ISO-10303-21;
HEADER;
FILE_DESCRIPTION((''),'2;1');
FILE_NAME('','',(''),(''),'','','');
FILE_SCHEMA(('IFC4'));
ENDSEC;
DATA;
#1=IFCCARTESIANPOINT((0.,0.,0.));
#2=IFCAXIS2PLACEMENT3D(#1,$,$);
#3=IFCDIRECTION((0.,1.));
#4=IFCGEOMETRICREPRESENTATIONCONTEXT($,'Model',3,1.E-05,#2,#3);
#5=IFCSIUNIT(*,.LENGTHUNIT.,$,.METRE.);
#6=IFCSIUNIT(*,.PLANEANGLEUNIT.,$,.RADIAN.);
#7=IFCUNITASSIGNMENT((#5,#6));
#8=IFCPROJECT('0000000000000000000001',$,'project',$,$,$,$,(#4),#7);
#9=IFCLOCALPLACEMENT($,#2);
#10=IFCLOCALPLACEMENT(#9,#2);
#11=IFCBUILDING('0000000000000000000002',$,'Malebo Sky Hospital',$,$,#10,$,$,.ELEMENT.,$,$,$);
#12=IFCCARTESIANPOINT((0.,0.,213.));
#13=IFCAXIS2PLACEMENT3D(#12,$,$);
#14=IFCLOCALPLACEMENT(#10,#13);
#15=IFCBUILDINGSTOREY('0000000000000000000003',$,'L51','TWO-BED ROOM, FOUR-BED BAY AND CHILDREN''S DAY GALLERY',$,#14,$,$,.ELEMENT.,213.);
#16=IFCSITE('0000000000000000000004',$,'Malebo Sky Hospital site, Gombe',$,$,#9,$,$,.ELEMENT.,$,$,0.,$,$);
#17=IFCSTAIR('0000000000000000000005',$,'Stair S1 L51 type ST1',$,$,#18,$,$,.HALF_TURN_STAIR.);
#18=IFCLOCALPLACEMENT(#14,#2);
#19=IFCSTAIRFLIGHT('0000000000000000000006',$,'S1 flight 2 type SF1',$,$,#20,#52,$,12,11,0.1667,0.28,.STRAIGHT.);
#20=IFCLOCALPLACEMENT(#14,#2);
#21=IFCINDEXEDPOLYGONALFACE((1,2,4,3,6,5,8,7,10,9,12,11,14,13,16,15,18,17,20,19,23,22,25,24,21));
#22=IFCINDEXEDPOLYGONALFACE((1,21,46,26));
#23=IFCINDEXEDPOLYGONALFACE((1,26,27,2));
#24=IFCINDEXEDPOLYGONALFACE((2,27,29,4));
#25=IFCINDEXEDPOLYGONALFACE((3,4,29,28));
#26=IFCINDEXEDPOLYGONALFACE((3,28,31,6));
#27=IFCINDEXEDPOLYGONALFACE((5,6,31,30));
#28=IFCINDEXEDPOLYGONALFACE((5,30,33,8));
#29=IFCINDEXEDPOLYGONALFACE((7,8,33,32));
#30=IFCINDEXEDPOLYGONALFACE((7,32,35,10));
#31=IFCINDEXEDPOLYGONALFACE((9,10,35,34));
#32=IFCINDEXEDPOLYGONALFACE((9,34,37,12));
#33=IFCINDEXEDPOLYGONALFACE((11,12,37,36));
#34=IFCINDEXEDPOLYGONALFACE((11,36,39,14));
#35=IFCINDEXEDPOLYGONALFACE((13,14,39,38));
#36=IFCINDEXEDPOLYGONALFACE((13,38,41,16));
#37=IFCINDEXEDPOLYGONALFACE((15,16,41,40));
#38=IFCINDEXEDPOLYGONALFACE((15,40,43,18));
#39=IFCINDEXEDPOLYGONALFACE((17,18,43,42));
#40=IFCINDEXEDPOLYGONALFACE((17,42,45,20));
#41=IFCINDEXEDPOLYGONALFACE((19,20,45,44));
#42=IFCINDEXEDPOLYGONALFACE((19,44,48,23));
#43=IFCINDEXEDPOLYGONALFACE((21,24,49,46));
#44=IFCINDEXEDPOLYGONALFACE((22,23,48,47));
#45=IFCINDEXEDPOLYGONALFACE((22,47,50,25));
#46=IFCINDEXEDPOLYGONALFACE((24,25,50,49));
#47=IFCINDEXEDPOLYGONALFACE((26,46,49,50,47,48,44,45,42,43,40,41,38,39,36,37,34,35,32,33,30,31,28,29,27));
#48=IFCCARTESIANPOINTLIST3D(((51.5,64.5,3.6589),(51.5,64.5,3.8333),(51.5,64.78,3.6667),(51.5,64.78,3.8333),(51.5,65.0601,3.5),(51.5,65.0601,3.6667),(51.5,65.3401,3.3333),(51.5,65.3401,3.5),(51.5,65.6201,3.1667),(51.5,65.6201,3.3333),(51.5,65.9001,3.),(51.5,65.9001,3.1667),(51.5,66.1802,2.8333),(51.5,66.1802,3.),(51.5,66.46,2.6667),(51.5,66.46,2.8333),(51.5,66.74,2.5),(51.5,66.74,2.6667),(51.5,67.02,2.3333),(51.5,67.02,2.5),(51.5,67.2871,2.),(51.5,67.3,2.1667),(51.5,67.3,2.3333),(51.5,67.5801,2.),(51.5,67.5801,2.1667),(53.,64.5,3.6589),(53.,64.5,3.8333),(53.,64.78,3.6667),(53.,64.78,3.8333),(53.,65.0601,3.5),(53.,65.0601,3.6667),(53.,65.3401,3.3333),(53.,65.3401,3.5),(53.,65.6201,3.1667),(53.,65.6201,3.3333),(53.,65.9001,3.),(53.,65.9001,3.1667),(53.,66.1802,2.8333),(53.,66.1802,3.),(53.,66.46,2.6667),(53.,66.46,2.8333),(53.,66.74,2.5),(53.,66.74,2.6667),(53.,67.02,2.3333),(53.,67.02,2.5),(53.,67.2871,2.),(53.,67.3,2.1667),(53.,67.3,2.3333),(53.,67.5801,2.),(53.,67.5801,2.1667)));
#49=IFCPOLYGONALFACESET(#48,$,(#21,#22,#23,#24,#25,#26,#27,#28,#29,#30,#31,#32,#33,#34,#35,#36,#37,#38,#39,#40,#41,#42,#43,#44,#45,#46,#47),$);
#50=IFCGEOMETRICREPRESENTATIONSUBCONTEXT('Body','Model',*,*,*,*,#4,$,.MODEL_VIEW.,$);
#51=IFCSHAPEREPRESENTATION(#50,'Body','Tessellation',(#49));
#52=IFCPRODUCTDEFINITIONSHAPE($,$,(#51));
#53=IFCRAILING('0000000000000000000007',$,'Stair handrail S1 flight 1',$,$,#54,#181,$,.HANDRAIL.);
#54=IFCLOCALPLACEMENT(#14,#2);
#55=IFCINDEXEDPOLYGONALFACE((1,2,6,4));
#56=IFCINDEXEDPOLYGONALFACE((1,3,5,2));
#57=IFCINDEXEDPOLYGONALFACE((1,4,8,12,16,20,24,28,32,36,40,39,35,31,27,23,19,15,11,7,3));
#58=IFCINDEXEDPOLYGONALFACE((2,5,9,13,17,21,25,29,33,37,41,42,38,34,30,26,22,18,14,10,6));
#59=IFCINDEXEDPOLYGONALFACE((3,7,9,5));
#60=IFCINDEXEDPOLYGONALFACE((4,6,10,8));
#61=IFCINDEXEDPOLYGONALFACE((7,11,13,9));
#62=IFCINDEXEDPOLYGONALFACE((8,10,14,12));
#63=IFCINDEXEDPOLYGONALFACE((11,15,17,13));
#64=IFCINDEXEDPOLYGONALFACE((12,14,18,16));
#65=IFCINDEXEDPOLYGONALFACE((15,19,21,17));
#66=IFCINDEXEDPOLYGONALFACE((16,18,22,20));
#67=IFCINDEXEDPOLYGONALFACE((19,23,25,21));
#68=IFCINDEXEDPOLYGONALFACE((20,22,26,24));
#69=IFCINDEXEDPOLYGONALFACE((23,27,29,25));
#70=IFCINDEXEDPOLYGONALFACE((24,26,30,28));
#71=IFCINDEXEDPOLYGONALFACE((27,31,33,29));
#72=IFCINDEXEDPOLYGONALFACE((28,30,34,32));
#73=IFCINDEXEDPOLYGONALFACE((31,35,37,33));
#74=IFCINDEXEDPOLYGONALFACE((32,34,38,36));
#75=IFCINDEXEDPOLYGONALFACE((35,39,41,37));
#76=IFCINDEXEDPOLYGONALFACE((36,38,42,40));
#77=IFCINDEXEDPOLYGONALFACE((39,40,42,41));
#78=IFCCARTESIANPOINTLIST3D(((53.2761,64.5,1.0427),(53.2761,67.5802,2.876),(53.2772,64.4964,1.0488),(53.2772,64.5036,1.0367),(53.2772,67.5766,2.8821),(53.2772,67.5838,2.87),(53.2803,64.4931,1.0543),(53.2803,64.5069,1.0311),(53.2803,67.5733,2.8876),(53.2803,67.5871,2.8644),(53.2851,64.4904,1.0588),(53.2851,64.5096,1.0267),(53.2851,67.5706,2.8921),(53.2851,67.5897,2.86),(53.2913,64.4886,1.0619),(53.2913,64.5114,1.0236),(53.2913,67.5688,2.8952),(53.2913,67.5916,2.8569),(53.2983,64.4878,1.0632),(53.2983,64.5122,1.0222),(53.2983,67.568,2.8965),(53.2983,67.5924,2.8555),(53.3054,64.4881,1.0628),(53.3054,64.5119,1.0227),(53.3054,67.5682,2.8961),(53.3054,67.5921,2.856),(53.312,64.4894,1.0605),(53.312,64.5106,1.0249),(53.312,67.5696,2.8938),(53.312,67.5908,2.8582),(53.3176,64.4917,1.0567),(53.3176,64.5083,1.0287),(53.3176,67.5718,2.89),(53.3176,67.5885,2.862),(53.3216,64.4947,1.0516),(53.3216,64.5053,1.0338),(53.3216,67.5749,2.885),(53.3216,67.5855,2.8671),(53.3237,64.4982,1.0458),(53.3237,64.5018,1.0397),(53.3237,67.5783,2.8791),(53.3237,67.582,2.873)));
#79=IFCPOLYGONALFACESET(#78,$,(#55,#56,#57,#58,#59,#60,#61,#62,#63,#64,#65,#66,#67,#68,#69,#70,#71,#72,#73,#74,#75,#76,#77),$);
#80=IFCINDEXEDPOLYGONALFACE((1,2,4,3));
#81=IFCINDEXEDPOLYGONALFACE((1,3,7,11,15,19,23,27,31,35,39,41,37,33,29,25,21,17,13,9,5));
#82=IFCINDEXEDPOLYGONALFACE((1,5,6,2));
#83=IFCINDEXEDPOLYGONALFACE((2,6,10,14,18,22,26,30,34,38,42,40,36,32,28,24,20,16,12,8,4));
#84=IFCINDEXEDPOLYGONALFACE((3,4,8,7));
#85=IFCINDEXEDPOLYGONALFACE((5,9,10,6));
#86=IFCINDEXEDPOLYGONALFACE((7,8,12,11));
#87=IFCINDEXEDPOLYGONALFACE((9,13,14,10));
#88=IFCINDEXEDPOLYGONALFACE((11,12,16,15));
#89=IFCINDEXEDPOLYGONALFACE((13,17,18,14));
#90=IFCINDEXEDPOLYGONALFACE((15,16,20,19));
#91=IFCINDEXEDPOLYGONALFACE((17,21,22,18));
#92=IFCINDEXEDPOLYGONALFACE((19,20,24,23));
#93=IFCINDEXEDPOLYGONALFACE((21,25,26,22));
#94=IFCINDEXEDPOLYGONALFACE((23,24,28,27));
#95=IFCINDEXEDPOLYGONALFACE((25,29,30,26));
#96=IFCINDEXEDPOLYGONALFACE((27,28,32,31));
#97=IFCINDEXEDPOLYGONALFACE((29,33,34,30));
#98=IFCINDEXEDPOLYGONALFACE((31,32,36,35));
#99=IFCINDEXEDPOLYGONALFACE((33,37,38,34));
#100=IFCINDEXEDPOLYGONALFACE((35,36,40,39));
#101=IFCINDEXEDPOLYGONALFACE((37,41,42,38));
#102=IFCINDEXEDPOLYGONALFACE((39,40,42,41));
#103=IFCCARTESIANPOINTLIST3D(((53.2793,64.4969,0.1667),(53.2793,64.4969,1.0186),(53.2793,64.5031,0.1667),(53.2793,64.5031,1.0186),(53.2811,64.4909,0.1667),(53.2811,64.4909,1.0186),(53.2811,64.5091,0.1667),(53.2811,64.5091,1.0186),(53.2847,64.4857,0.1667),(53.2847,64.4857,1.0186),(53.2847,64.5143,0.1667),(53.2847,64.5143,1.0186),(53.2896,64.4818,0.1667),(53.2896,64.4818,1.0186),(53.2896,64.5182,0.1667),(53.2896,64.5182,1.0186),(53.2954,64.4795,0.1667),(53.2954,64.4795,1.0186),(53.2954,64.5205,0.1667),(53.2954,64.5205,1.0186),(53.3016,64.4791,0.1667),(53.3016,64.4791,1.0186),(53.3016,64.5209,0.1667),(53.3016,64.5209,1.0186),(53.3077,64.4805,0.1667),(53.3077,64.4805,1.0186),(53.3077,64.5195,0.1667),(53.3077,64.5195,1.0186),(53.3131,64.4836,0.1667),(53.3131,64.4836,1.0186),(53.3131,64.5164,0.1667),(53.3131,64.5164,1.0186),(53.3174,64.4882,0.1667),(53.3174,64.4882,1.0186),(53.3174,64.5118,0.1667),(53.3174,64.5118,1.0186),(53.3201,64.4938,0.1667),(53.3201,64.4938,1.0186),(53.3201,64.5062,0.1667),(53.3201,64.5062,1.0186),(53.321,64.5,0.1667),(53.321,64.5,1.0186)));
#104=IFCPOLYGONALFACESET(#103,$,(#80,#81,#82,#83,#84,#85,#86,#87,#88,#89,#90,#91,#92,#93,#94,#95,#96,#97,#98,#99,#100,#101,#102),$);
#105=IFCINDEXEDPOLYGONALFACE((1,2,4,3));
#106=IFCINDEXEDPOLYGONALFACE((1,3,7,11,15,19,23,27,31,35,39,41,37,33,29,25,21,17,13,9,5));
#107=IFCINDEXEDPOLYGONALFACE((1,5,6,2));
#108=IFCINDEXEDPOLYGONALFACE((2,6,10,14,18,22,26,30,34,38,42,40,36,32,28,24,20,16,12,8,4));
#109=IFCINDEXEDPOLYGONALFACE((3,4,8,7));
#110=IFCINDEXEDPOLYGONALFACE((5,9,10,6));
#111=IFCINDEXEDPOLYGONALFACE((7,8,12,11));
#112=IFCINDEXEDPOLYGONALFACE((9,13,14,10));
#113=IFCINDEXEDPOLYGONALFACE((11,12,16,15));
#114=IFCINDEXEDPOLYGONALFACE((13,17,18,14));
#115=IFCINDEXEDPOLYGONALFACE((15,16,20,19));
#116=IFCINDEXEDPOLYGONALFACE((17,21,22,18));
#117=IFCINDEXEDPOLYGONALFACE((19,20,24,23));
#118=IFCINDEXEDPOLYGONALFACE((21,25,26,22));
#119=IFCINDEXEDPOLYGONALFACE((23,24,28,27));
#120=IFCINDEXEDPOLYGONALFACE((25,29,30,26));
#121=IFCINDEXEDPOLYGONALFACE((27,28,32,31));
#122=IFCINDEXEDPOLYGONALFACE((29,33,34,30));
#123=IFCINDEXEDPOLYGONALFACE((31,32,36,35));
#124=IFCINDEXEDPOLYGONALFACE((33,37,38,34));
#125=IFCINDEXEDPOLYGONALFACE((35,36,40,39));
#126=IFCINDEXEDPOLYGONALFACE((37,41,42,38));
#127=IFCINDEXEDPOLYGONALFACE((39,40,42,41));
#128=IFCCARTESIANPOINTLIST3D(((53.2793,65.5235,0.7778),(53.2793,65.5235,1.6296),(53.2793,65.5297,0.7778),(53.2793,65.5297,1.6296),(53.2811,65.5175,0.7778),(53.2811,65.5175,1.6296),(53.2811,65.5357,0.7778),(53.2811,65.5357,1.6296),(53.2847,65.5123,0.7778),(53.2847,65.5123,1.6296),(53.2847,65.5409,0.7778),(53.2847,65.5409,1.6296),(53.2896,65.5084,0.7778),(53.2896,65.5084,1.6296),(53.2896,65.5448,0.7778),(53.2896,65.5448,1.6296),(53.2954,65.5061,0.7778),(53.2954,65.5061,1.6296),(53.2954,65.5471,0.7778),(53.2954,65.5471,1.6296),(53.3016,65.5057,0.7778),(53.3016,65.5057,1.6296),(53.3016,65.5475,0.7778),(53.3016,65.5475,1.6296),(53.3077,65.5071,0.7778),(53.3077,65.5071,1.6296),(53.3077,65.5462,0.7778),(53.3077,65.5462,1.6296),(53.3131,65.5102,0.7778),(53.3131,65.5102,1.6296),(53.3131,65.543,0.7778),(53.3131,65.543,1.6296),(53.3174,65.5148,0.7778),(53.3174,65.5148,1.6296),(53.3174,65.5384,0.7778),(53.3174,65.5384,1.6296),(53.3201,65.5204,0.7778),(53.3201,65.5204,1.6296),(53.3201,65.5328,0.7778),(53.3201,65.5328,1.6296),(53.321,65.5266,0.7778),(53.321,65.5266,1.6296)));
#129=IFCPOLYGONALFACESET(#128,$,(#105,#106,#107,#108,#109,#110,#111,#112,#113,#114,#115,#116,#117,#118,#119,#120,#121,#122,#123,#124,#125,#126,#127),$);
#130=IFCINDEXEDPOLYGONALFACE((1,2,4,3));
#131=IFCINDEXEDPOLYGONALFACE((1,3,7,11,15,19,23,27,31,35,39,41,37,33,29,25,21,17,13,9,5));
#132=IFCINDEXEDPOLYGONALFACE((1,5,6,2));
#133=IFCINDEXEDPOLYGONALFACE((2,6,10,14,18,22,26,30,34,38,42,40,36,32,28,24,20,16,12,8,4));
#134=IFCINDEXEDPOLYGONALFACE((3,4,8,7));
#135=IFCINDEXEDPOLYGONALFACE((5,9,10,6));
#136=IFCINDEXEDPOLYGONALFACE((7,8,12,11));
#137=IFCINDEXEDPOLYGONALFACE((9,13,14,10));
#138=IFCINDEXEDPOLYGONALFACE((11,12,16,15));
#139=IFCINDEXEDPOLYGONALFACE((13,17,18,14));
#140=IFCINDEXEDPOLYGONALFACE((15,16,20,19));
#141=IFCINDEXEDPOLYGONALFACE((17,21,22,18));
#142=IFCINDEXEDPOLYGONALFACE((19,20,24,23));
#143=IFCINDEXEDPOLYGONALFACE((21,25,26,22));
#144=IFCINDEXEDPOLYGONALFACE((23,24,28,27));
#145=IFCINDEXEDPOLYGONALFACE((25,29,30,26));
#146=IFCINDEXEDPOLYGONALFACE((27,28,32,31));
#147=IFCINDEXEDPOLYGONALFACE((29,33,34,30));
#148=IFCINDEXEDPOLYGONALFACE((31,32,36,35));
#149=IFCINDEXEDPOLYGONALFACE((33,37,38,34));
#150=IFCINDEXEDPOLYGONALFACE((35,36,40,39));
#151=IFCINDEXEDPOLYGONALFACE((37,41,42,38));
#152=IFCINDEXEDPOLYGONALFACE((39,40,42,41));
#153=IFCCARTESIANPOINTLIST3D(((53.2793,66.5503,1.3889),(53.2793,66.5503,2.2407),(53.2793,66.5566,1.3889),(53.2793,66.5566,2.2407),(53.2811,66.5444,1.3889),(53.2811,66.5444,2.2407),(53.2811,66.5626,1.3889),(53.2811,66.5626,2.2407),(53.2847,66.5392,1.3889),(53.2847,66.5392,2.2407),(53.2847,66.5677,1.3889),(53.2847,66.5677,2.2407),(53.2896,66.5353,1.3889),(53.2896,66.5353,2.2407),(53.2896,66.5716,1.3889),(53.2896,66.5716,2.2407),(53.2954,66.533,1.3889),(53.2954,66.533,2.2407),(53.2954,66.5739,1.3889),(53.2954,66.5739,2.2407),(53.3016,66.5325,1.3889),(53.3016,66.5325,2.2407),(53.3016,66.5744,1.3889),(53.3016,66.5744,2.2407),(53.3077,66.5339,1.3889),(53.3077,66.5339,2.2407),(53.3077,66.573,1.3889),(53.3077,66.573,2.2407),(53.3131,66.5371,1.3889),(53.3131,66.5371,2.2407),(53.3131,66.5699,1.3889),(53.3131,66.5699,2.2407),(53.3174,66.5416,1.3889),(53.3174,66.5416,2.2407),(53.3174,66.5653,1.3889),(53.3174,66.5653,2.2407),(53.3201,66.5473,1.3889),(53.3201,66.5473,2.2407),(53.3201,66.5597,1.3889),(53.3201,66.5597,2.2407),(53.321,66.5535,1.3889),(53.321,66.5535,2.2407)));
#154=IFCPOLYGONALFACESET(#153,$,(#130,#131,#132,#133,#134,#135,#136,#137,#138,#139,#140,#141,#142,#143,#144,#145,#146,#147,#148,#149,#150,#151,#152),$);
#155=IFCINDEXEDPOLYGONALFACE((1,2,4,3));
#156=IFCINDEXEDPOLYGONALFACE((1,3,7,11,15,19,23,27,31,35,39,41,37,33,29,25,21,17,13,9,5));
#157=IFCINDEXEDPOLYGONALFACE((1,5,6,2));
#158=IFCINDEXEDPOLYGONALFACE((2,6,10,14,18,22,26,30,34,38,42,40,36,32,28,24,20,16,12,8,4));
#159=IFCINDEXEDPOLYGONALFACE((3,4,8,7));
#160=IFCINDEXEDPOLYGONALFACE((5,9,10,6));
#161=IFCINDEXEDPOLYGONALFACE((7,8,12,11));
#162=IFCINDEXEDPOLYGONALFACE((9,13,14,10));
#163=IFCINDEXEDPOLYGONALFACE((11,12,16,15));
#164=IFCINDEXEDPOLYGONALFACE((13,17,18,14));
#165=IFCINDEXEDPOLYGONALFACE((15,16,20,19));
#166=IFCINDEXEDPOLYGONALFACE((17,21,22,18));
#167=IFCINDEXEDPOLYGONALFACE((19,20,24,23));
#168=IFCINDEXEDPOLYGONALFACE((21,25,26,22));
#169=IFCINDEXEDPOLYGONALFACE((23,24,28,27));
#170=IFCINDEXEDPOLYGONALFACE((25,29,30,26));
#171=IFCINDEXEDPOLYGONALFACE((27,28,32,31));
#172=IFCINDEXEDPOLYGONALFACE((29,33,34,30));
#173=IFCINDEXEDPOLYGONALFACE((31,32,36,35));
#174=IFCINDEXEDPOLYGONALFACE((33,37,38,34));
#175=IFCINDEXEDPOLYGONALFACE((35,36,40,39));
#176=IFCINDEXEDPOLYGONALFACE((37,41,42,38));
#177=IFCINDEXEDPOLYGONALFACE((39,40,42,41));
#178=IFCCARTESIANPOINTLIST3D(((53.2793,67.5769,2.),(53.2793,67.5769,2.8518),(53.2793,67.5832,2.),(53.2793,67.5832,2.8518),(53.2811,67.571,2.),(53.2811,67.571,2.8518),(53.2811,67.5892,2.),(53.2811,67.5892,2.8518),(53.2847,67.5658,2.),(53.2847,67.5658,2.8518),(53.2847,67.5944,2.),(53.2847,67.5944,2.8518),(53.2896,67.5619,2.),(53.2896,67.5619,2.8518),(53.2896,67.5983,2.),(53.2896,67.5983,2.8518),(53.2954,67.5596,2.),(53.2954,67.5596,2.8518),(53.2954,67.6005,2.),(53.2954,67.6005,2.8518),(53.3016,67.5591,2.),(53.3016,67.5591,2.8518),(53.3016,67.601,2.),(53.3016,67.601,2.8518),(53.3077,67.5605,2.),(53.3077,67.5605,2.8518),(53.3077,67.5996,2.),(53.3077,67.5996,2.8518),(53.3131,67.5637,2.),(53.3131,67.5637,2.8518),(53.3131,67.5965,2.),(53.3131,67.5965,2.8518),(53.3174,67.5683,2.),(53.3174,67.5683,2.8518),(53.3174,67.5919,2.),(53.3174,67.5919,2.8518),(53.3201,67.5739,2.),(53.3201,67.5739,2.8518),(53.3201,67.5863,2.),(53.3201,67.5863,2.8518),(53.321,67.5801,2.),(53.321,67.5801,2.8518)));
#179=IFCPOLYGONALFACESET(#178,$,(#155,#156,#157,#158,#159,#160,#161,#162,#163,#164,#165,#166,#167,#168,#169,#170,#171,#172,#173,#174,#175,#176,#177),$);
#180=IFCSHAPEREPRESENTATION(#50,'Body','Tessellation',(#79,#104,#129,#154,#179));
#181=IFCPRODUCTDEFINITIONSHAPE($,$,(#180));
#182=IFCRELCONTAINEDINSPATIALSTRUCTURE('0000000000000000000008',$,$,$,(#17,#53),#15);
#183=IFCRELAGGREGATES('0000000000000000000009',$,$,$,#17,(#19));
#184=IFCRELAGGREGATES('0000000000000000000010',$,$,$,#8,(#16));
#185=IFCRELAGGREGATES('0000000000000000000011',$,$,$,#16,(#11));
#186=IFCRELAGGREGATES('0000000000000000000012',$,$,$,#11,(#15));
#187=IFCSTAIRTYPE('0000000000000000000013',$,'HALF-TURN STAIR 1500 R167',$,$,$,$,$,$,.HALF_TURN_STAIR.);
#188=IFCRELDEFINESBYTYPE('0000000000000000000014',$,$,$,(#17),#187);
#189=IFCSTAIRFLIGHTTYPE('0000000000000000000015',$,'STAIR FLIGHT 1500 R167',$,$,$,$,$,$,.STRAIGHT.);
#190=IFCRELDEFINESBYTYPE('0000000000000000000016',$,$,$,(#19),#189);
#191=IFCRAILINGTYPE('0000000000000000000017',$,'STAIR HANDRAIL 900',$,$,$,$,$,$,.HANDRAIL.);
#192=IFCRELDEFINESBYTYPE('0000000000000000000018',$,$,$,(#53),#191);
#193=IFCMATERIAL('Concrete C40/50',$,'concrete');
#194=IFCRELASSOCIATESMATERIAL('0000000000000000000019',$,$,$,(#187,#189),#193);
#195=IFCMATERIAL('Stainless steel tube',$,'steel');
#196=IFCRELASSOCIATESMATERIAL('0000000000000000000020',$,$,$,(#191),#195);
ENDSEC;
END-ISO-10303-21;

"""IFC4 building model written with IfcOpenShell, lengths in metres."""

from ifc_helpers import new_model, si_unit, direction, frame, origin, origin_2d, place, context, subcontext, project, spatial, polyline, circle, outline, extrude, material, type_object, element, aggregate, save


model = new_model("IFC4")

# Units and contexts
model_context = context("Model", 3, precision=1e-05, world=origin(), true_north=direction((0.0, 1.0)))
body_context = subcontext(model_context, "Body", "Model", "MODEL_VIEW")
ifc_project = project(units=[si_unit("LENGTHUNIT", "METRE"), si_unit("PLANEANGLEUNIT", "RADIAN")], contexts=[model_context])

# Site, building, storey
site_placement = place(None, origin())
site = spatial("IfcSite", under=ifc_project, at=site_placement, Name="Malebo Sky Hospital site, Gombe", CompositionType="ELEMENT", RefElevation=0.0)
building_placement = place(site_placement, origin())
building = spatial("IfcBuilding", under=site, at=building_placement, Name="Malebo Sky Hospital", CompositionType="ELEMENT")
storey_placement = place(building_placement, frame((0.0, 0.0, 213.0)))
storey = spatial("IfcBuildingStorey", under=building, at=storey_placement, Name="L51", Description="TWO-BED ROOM, FOUR-BED BAY AND CHILDREN'S DAY GALLERY", CompositionType="ELEMENT", Elevation=213.0)

# Stair, stair flight
ifc_material_1 = material(Name="Concrete C40/50", Category="concrete")
stair_type = type_object("IfcStairType", Name="HALF-TURN STAIR 1500 R167", PredefinedType="HALF_TURN_STAIR", material=ifc_material_1)
stair_placement = place(storey_placement, origin())
stair = element("IfcStair", 1, at=stair_placement, inside=storey, type_object=stair_type, Name="Stair S1 L51 type ST1", PredefinedType="HALF_TURN_STAIR")
stair_flight_type = type_object("IfcStairFlightType", Name="STAIR FLIGHT 1500 R167", PredefinedType="STRAIGHT", material=ifc_material_1)
stair_flight_1_placement = place(storey_placement, frame((52.25, 67.5801, 2.0), z_axis=(0.0, 0.0, 1.0), x_axis=(0.0, -1.0, 0.0)))
stair_flight_1 = element("IfcStairFlight", 2, at=stair_flight_1_placement, type_object=stair_flight_type, Name="S1 flight 2 type SF1", NumberOfRisers=12, NumberOfTreads=11, PredefinedType="STRAIGHT", RiserHeight=0.1667, TreadLength=0.28, context=body_context, shape_type="SweptSolid", body=[
    extrude(outline(polyline([(0.0, 0.0), (0.0, 0.1667), (0.28, 0.1667), (0.28, 0.3333), (0.5601, 0.3333), (0.5601, 0.5), (0.8401, 0.5), (0.8401, 0.6667), (1.1201, 0.6667), (1.1201, 0.8333), (1.3999, 0.8333), (1.3999, 1.0), (1.6799, 1.0), (1.6799, 1.1667), (1.96, 1.1667), (1.96, 1.3333), (2.24, 1.3333), (2.24, 1.5), (2.52, 1.5), (2.52, 1.6667), (2.8, 1.6667), (2.8, 1.8333), (3.0801, 1.8333), (3.0801, 2.0), (3.0801, 1.6589), (0.293, 0.0), (0.0, 0.0)])), frame((0.0, 0.75, 0.0), z_axis=(0.0, -1.0, 0.0), x_axis=(1.0, 0.0, 0.0)), (0.0, 0.0, 1.0), 1.5),
])
aggregate(stair, [stair_flight_1])

# Railing
ifc_material_2 = material(Name="Stainless steel tube", Category="steel")
railing_type = type_object("IfcRailingType", Name="STAIR HANDRAIL 900", PredefinedType="HANDRAIL", material=ifc_material_2)
railing_1_placement = place(storey_placement, frame((53.3, 64.5, 0.1667)))
element("IfcRailing", 3, at=railing_1_placement, inside=storey, type_object=railing_type, Name="Stair handrail S1 flight 1", PredefinedType="HANDRAIL", context=body_context, shape_type="SweptSolid", body=[
    extrude(circle(Radius=0.0239, at=origin_2d()), frame((0.0, 0.0, 0.876), z_axis=(0.0, 0.859309, 0.511458), x_axis=(-1.0, 0.0, 0.0)), (0.0, 0.0, 1.0), 3.5845),
    extrude(circle(Radius=0.021, at=origin_2d()), origin(), (0.0, 0.0, 1.0), 0.8518),
    extrude(circle(Radius=0.021, at=origin_2d()), frame((0.0, 1.0266, 0.6111)), (0.0, 0.0, 1.0), 0.8518),
    extrude(circle(Radius=0.021, at=origin_2d()), frame((0.0, 2.0535, 1.2222)), (0.0, 0.0, 1.0), 0.8518),
    extrude(circle(Radius=0.021, at=origin_2d()), frame((0.0, 3.0801, 1.8333)), (0.0, 0.0, 1.0), 0.8518),
])

save(model, "model.ifc")
